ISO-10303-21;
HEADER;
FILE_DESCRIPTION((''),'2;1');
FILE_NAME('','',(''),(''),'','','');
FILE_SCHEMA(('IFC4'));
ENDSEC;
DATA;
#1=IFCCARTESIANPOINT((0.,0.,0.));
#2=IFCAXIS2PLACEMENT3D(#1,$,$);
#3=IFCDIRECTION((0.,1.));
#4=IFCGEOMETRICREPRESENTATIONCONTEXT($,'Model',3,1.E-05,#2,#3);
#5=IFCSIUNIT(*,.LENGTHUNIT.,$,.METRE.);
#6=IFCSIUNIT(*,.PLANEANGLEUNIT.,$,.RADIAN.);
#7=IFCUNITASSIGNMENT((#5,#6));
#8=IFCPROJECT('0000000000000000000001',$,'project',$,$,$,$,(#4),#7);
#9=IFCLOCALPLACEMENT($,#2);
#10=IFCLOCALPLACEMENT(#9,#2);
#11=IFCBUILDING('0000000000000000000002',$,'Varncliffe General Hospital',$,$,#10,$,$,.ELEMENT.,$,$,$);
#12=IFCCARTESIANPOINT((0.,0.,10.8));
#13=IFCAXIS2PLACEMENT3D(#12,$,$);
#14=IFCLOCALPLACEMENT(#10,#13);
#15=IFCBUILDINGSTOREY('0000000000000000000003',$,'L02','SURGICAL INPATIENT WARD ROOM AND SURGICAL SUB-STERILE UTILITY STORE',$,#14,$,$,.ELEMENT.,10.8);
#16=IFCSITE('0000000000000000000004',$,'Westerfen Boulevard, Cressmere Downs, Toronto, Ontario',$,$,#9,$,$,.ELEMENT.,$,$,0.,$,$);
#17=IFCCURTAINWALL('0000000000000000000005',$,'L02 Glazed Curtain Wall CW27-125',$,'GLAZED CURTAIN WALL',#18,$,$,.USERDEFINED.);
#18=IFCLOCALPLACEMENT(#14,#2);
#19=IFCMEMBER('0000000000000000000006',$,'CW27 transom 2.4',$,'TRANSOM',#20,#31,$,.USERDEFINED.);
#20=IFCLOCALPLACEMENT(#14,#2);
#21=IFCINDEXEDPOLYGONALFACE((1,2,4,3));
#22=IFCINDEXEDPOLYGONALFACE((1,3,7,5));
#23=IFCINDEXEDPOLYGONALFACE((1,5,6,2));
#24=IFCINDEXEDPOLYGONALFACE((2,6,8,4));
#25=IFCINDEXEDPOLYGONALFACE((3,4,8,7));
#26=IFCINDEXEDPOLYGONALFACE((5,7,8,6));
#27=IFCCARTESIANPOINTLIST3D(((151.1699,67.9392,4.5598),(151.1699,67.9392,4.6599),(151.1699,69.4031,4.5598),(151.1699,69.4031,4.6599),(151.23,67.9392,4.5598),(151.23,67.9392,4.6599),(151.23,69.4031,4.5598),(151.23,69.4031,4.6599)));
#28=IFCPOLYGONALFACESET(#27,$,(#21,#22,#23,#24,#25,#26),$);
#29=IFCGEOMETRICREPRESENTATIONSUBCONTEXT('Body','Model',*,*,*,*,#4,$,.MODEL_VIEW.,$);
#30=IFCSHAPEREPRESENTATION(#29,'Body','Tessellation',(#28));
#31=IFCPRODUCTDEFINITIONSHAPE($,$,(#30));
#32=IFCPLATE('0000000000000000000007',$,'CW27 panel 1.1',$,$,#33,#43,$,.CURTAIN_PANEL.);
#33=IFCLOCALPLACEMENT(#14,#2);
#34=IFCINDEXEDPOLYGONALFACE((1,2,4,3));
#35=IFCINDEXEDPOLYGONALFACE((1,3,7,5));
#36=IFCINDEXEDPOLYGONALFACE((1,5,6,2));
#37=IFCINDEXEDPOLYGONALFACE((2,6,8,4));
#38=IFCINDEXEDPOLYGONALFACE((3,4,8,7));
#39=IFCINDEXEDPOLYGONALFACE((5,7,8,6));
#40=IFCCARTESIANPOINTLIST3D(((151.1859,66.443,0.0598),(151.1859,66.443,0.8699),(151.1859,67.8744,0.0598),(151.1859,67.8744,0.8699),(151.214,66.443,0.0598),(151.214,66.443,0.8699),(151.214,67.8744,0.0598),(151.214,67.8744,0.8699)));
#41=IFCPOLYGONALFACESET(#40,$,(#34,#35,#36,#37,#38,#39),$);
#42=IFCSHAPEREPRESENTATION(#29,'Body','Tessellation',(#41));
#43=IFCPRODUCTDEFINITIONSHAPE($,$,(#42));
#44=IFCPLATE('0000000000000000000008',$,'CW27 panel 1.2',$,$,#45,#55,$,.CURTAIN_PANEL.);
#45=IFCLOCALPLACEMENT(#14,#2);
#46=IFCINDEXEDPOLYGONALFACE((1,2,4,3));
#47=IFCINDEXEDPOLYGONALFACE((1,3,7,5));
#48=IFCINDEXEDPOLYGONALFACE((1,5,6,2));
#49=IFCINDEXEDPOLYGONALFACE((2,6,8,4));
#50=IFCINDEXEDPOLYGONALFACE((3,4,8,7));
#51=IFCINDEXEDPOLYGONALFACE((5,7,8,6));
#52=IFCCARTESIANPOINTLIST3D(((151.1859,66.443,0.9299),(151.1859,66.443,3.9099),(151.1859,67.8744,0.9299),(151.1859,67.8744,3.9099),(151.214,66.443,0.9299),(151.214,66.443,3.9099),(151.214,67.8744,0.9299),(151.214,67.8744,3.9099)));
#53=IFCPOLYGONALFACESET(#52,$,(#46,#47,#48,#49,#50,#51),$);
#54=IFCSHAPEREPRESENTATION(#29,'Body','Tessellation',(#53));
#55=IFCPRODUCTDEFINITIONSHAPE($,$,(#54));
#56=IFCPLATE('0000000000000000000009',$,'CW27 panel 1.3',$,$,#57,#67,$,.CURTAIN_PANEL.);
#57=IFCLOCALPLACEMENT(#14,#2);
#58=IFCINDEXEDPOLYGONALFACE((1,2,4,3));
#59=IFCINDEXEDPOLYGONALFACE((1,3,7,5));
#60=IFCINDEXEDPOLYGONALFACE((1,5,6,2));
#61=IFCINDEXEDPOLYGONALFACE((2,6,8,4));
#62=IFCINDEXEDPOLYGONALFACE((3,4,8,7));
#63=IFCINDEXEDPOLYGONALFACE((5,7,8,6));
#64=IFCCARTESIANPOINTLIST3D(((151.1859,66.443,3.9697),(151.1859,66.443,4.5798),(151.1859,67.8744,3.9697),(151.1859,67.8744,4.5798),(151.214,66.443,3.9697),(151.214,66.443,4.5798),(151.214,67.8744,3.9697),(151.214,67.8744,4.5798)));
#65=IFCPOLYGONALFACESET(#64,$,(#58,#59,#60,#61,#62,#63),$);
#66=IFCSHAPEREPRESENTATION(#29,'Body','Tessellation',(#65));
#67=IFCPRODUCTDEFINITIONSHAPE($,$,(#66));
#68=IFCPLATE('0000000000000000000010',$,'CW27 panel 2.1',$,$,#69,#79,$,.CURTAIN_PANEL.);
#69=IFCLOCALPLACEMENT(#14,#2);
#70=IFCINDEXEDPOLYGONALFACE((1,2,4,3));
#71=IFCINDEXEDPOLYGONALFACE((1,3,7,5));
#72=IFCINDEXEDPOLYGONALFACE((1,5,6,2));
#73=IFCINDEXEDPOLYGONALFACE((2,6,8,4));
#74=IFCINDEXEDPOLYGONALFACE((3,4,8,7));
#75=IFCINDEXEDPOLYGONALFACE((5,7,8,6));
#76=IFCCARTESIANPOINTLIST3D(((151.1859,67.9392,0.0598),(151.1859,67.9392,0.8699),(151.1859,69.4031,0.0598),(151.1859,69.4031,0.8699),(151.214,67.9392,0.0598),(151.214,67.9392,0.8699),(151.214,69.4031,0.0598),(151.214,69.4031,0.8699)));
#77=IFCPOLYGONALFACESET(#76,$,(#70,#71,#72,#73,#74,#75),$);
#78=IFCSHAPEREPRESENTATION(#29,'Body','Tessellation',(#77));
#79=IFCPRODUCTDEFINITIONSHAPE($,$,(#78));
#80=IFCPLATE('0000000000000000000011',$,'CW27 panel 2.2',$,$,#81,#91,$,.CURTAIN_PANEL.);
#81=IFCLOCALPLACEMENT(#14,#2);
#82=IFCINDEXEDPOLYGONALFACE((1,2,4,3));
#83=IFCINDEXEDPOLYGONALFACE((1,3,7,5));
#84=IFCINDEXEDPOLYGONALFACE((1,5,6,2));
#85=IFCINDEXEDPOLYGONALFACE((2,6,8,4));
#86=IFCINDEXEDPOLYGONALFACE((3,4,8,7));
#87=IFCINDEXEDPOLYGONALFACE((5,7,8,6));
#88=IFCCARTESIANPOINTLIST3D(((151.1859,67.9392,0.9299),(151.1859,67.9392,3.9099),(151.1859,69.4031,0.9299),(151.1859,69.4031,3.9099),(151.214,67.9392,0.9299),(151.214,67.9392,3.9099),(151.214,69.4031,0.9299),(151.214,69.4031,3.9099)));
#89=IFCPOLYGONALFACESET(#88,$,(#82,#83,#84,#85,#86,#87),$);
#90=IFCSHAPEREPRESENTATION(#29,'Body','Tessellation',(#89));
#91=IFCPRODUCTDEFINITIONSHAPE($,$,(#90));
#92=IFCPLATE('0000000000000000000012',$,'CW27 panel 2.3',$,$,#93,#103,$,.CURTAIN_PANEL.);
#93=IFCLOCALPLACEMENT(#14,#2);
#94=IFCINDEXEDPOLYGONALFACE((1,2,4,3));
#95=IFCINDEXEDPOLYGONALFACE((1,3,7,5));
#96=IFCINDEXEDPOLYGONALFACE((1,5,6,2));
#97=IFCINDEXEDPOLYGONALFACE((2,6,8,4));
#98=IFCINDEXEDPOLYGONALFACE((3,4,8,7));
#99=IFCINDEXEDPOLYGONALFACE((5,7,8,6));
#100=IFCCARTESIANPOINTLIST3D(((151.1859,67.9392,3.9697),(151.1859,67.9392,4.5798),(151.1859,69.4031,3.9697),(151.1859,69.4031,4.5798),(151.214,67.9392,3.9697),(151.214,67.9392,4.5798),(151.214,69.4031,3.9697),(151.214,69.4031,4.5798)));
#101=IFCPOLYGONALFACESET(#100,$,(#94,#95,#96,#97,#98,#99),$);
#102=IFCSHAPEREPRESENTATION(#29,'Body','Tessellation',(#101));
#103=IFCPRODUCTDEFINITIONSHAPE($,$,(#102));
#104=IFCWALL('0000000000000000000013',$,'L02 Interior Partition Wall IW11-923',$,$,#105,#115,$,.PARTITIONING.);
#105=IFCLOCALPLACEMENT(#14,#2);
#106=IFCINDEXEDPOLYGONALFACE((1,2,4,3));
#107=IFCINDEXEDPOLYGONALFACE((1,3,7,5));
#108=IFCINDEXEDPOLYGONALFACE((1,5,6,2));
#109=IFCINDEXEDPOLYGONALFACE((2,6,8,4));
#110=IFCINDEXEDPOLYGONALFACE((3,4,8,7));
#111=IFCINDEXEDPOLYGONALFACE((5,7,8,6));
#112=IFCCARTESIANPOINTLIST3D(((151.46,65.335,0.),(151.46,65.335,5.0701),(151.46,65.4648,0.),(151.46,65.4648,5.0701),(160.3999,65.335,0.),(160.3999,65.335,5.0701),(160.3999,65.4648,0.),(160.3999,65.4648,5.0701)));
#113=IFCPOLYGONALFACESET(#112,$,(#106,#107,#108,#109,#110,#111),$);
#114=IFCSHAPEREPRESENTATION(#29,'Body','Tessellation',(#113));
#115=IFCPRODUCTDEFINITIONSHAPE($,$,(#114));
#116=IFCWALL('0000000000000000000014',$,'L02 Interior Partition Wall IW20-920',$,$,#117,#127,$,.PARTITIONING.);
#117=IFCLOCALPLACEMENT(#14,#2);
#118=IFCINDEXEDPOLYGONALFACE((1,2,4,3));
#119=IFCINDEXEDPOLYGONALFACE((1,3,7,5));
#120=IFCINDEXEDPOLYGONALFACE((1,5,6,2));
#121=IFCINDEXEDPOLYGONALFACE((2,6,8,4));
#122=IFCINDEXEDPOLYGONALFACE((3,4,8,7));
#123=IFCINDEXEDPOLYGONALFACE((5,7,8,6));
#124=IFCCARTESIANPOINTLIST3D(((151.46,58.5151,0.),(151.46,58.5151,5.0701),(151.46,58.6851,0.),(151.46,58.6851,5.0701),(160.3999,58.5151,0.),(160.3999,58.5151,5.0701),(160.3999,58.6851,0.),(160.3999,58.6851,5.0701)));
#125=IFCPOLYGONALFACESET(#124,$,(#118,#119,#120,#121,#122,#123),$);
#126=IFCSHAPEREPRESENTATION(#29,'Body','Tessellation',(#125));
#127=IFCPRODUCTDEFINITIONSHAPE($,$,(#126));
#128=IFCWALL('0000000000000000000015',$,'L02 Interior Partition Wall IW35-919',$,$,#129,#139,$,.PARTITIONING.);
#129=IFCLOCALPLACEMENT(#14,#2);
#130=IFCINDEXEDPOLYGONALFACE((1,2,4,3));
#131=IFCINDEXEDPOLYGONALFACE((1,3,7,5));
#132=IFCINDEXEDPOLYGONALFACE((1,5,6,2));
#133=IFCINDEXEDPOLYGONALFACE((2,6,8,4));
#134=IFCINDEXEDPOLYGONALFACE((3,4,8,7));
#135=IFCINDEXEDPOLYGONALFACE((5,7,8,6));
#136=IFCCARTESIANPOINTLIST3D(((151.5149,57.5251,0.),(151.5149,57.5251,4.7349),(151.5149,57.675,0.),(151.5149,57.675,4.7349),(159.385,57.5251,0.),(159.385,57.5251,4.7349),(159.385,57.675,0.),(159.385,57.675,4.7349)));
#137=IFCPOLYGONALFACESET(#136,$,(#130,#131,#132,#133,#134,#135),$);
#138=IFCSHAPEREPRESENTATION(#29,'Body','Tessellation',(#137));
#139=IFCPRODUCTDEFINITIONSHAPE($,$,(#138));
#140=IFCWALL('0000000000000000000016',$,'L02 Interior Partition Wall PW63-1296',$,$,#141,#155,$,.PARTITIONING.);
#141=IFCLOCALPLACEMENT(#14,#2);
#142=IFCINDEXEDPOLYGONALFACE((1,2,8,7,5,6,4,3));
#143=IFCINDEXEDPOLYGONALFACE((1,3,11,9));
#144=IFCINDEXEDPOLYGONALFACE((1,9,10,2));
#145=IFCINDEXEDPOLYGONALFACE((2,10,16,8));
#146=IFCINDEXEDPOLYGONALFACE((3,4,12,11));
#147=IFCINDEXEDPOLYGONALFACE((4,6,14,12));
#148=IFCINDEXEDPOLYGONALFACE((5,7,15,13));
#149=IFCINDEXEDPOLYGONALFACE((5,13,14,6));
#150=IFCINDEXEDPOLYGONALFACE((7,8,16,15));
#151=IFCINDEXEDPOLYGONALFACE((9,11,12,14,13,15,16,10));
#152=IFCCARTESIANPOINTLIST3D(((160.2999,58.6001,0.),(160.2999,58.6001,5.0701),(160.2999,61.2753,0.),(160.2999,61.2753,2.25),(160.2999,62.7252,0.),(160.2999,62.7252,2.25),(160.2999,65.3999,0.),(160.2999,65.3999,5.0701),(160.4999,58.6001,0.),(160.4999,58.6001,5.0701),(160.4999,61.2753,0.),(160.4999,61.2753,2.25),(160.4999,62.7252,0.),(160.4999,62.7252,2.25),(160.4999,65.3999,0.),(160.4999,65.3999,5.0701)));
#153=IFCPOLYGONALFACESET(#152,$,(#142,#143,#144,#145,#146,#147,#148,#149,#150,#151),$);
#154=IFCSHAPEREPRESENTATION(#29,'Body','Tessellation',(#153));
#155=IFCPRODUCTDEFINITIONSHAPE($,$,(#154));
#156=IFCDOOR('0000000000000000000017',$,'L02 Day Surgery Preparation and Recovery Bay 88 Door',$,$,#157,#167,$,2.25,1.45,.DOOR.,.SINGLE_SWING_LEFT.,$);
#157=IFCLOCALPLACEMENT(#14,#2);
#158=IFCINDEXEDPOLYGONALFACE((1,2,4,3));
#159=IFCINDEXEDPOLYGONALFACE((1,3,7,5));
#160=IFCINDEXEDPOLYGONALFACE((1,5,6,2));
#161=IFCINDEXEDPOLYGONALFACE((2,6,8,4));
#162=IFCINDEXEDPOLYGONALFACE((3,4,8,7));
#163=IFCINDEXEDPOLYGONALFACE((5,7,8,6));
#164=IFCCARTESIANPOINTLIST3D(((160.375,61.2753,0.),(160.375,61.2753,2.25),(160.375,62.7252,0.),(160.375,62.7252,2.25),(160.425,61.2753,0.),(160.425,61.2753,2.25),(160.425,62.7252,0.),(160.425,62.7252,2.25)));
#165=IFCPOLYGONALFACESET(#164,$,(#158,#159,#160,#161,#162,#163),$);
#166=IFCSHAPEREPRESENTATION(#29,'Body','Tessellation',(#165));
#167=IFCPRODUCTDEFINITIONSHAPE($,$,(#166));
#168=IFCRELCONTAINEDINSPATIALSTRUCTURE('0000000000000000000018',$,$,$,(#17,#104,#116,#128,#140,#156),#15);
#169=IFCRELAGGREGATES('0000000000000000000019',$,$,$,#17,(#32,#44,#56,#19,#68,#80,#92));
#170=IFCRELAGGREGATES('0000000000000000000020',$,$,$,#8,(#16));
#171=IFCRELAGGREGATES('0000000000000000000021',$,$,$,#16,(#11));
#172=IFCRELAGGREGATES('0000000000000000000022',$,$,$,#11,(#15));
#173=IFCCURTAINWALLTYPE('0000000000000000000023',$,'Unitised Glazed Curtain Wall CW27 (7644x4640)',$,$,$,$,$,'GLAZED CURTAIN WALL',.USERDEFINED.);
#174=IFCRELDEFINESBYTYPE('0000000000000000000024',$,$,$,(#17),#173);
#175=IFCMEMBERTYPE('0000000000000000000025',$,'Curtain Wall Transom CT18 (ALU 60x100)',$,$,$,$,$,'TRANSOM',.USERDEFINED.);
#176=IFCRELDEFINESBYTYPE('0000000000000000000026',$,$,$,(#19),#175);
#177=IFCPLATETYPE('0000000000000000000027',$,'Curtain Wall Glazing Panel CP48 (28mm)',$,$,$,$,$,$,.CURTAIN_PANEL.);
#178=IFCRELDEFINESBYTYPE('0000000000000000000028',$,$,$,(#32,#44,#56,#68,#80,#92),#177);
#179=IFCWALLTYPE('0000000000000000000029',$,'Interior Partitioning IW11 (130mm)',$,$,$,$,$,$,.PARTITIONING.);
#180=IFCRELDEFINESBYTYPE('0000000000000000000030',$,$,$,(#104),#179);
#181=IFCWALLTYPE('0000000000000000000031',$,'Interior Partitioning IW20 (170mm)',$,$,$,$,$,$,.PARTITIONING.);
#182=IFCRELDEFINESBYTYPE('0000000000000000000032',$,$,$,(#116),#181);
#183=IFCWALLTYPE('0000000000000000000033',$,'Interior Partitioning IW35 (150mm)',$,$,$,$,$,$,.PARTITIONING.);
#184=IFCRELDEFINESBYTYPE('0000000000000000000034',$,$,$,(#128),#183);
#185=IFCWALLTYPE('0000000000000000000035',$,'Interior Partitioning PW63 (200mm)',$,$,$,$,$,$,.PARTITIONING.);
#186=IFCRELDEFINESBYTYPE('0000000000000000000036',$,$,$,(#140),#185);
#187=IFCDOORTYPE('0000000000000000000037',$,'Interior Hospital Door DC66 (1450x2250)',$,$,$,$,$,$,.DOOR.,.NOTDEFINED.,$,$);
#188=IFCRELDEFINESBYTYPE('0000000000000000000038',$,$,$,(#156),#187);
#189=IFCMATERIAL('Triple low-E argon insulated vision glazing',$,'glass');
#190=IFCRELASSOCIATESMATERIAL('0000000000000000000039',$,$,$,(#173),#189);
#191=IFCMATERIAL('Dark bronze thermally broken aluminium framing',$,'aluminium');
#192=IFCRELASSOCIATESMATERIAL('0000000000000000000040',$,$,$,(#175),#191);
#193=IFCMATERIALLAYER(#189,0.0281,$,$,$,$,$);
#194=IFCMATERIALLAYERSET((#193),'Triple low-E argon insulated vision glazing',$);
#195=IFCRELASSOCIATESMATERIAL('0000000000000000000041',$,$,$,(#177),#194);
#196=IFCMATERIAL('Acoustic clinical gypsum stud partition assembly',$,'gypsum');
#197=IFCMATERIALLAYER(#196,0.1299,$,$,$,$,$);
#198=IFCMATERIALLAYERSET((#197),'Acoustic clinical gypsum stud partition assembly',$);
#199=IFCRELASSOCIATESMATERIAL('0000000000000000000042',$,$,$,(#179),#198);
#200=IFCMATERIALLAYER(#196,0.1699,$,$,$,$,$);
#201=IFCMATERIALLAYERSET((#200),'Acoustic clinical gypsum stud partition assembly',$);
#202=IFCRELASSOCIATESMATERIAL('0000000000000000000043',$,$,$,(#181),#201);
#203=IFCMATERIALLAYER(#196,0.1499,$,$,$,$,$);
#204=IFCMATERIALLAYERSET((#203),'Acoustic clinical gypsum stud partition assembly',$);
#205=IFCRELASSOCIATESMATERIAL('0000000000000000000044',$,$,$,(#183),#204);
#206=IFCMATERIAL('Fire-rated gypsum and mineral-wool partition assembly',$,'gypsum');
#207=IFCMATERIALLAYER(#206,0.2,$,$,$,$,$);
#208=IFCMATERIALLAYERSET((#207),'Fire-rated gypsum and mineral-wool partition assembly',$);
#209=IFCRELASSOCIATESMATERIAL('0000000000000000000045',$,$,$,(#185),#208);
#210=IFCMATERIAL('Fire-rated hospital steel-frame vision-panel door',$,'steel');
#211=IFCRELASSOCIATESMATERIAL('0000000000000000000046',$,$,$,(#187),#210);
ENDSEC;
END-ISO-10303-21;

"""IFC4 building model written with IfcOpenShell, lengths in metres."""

from ifc_helpers import new_model, si_unit, direction, frame, frame_2d, origin, origin_2d, place, context, subcontext, project, spatial, rectangle, extrude, material, layer, layer_set, material_profile, profile_set, type_object, element, fill, aggregate, save


model = new_model("IFC4")

# Units and contexts
model_context = context("Model", 3, precision=1e-05, world=origin(), true_north=direction((0.0, 1.0)))
body_context = subcontext(model_context, "Body", "Model", "MODEL_VIEW")
ifc_project = project(units=[si_unit("LENGTHUNIT", "METRE"), si_unit("PLANEANGLEUNIT", "RADIAN")], contexts=[model_context])

# Site, building, storey
site_placement = place(None, origin())
site = spatial("IfcSite", under=ifc_project, at=site_placement, Name="Westerfen Boulevard, Cressmere Downs, Toronto, Ontario", CompositionType="ELEMENT", RefElevation=0.0)
building_placement = place(site_placement, origin())
building = spatial("IfcBuilding", under=site, at=building_placement, Name="Varncliffe General Hospital", CompositionType="ELEMENT")
storey_placement = place(building_placement, frame((0.0, 0.0, 10.8)))
storey = spatial("IfcBuildingStorey", under=building, at=storey_placement, Name="L02", Description="SURGICAL INPATIENT WARD ROOM AND SURGICAL SUB-STERILE UTILITY STORE", CompositionType="ELEMENT", Elevation=10.8)

# Curtain wall, member, plates
ifc_material_1 = material(Name="Triple low-E argon insulated vision glazing", Category="glass")
curtain_wall_type = type_object("IfcCurtainWallType", Name="Unitised Glazed Curtain Wall CW27 (7644x4640)", ElementType="GLAZED CURTAIN WALL", PredefinedType="USERDEFINED", material=ifc_material_1)
curtain_wall_placement = place(storey_placement, origin())
curtain_wall = element("IfcCurtainWall", 1, at=curtain_wall_placement, inside=storey, type_object=curtain_wall_type, Name="L02 Glazed Curtain Wall CW27-125", ObjectType="GLAZED CURTAIN WALL", PredefinedType="USERDEFINED")
ifc_material_2 = material(Name="Dark bronze thermally broken aluminium framing", Category="aluminium")
ifc_material_profile_1 = material_profile(ifc_material_2, rectangle(XDim=0.0601, YDim=0.1001, at=origin_2d()), Name="ALU 60x100")
ifc_profile_set_1 = profile_set([ifc_material_profile_1], Name="Dark bronze thermally broken aluminium framing")
member_type_1 = type_object("IfcMemberType", Name="Curtain Wall Transom CT18 (ALU 60x100)", ElementType="TRANSOM", PredefinedType="USERDEFINED", material=ifc_profile_set_1)
member_1_placement = place(storey_placement, frame((151.2, 67.9392, 4.6099), z_axis=(0.0, 1.0, 0.0), x_axis=(-1.0, 0.0, 0.0)))
member_1 = element("IfcMember", 2, at=member_1_placement, type_object=member_type_1, Name="CW27 transom 2.4", ObjectType="TRANSOM", PredefinedType="USERDEFINED", context=body_context, shape_type="SweptSolid", body=[
    extrude(rectangle(XDim=0.0601, YDim=0.1001, at=origin_2d()), origin(), (0.0, 0.0, 1.0), 1.4639),
])
ifc_layer_1 = layer(ifc_material_1, 0.0281)
ifc_layer_set_1 = layer_set([ifc_layer_1], Name="Triple low-E argon insulated vision glazing")
plate_type = type_object("IfcPlateType", Name="Curtain Wall Glazing Panel CP48 (28mm)", PredefinedType="CURTAIN_PANEL", material=ifc_layer_set_1)
plate_1_placement = place(storey_placement, frame((151.2, 67.1587, 0.0598), z_axis=(0.0, 0.0, 1.0), x_axis=(0.0, 1.0, 0.0)))
plate_1 = element("IfcPlate", 3, at=plate_1_placement, type_object=plate_type, Name="CW27 panel 1.1", PredefinedType="CURTAIN_PANEL", context=body_context, shape_type="SweptSolid", body=[
    extrude(rectangle(XDim=1.4314, YDim=0.0281, at=origin_2d()), origin(), (0.0, 0.0, 1.0), 0.8101),
])
plate_2_placement = place(storey_placement, frame((151.2, 67.1587, 0.9299), z_axis=(0.0, 0.0, 1.0), x_axis=(0.0, 1.0, 0.0)))
plate_2 = element("IfcPlate", 4, at=plate_2_placement, type_object=plate_type, Name="CW27 panel 1.2", PredefinedType="CURTAIN_PANEL", context=body_context, shape_type="SweptSolid", body=[
    extrude(rectangle(XDim=1.4314, YDim=0.0281, at=origin_2d()), origin(), (0.0, 0.0, 1.0), 2.98),
])
plate_3_placement = place(storey_placement, frame((151.2, 67.1587, 3.9697), z_axis=(0.0, 0.0, 1.0), x_axis=(0.0, 1.0, 0.0)))
plate_3 = element("IfcPlate", 5, at=plate_3_placement, type_object=plate_type, Name="CW27 panel 1.3", PredefinedType="CURTAIN_PANEL", context=body_context, shape_type="SweptSolid", body=[
    extrude(rectangle(XDim=1.4314, YDim=0.0281, at=origin_2d()), origin(), (0.0, 0.0, 1.0), 0.6101),
])
plate_4_placement = place(storey_placement, frame((151.2, 68.6711, 0.0598), z_axis=(0.0, 0.0, 1.0), x_axis=(0.0, 1.0, 0.0)))
plate_4 = element("IfcPlate", 6, at=plate_4_placement, type_object=plate_type, Name="CW27 panel 2.1", PredefinedType="CURTAIN_PANEL", context=body_context, shape_type="SweptSolid", body=[
    extrude(rectangle(XDim=1.4639, YDim=0.0281, at=origin_2d()), origin(), (0.0, 0.0, 1.0), 0.8101),
])
plate_5_placement = place(storey_placement, frame((151.2, 68.6711, 0.9299), z_axis=(0.0, 0.0, 1.0), x_axis=(0.0, 1.0, 0.0)))
plate_5 = element("IfcPlate", 7, at=plate_5_placement, type_object=plate_type, Name="CW27 panel 2.2", PredefinedType="CURTAIN_PANEL", context=body_context, shape_type="SweptSolid", body=[
    extrude(rectangle(XDim=1.4639, YDim=0.0281, at=origin_2d()), origin(), (0.0, 0.0, 1.0), 2.98),
])
plate_6_placement = place(storey_placement, frame((151.2, 68.6711, 3.9697), z_axis=(0.0, 0.0, 1.0), x_axis=(0.0, 1.0, 0.0)))
plate_6 = element("IfcPlate", 8, at=plate_6_placement, type_object=plate_type, Name="CW27 panel 2.3", PredefinedType="CURTAIN_PANEL", context=body_context, shape_type="SweptSolid", body=[
    extrude(rectangle(XDim=1.4639, YDim=0.0281, at=origin_2d()), origin(), (0.0, 0.0, 1.0), 0.6101),
])
aggregate(curtain_wall, [plate_1, plate_2, plate_3, member_1, plate_4, plate_5, plate_6])

# Walls
ifc_material_3 = material(Name="Acoustic clinical gypsum stud partition assembly", Category="gypsum")
ifc_layer_2 = layer(ifc_material_3, 0.1299)
ifc_layer_set_2 = layer_set([ifc_layer_2], Name="Acoustic clinical gypsum stud partition assembly")
wall_type_1 = type_object("IfcWallType", Name="Interior Partitioning IW11 (130mm)", PredefinedType="PARTITIONING", material=ifc_layer_set_2)
wall_1_placement = place(storey_placement, frame((151.46, 65.3999, 0.0), z_axis=(0.0, 0.0, 1.0), x_axis=(1.0, 0.0, 0.0)))
element("IfcWall", 9, at=wall_1_placement, inside=storey, type_object=wall_type_1, Name="L02 Interior Partition Wall IW11-923", PredefinedType="PARTITIONING", context=body_context, shape_type="SweptSolid", body=[
    extrude(rectangle(XDim=8.9399, YDim=0.1299, at=frame_2d((4.47, 0.0))), origin(), (0.0, 0.0, 1.0), 5.0701),
])
ifc_layer_3 = layer(ifc_material_3, 0.1699)
ifc_layer_set_3 = layer_set([ifc_layer_3], Name="Acoustic clinical gypsum stud partition assembly")
wall_type_2 = type_object("IfcWallType", Name="Interior Partitioning IW20 (170mm)", PredefinedType="PARTITIONING", material=ifc_layer_set_3)
wall_2_placement = place(storey_placement, frame((151.46, 58.6001, 0.0), z_axis=(0.0, 0.0, 1.0), x_axis=(1.0, 0.0, 0.0)))
element("IfcWall", 10, at=wall_2_placement, inside=storey, type_object=wall_type_2, Name="L02 Interior Partition Wall IW20-920", PredefinedType="PARTITIONING", context=body_context, shape_type="SweptSolid", body=[
    extrude(rectangle(XDim=8.9399, YDim=0.1699, at=frame_2d((4.47, 0.0))), origin(), (0.0, 0.0, 1.0), 5.0701),
])
ifc_layer_4 = layer(ifc_material_3, 0.1499)
ifc_layer_set_4 = layer_set([ifc_layer_4], Name="Acoustic clinical gypsum stud partition assembly")
wall_type_3 = type_object("IfcWallType", Name="Interior Partitioning IW35 (150mm)", PredefinedType="PARTITIONING", material=ifc_layer_set_4)
wall_3_placement = place(storey_placement, frame((151.5149, 57.6001, 0.0), z_axis=(0.0, 0.0, 1.0), x_axis=(1.0, 0.0, 0.0)))
element("IfcWall", 11, at=wall_3_placement, inside=storey, type_object=wall_type_3, Name="L02 Interior Partition Wall IW35-919", PredefinedType="PARTITIONING", context=body_context, shape_type="SweptSolid", body=[
    extrude(rectangle(XDim=7.8701, YDim=0.1499, at=frame_2d((3.9351, 0.0))), origin(), (0.0, 0.0, 1.0), 4.7349),
])

# Wall, opening, door
ifc_material_4 = material(Name="Fire-rated gypsum and mineral-wool partition assembly", Category="gypsum")
ifc_layer_5 = layer(ifc_material_4, 0.2)
ifc_layer_set_5 = layer_set([ifc_layer_5], Name="Fire-rated gypsum and mineral-wool partition assembly")
wall_type_4 = type_object("IfcWallType", Name="Interior Partitioning PW63 (200mm)", PredefinedType="PARTITIONING", material=ifc_layer_set_5)
wall_4_placement = place(storey_placement, frame((160.3999, 58.6001, 0.0), z_axis=(0.0, 0.0, 1.0), x_axis=(0.0, 1.0, 0.0)))
wall_4 = element("IfcWall", 12, at=wall_4_placement, inside=storey, type_object=wall_type_4, Name="L02 Interior Partition Wall PW63-1296", PredefinedType="PARTITIONING", context=body_context, shape_type="SweptSolid", body=[
    extrude(rectangle(XDim=6.7998, YDim=0.2, at=frame_2d((3.3999, 0.0))), origin(), (0.0, 0.0, 1.0), 5.0701),
])
opening_placement = place(wall_4_placement, frame((2.675, 0.0, 0.0)))
opening = element("IfcOpeningElement", 13, at=opening_placement, cuts=wall_4, PredefinedType="OPENING", context=body_context, shape_type="SweptSolid", body=[
    extrude(rectangle(XDim=1.45, YDim=2.25, at=frame_2d((0.7251, 1.125))), frame((0.0, 0.1099, 0.0), z_axis=(0.0, -1.0, 0.0), x_axis=(1.0, 0.0, 0.0)), (0.0, 0.0, 1.0), 0.22),
])
ifc_material_5 = material(Name="Fire-rated hospital steel-frame vision-panel door", Category="steel")
door_type = type_object("IfcDoorType", Name="Interior Hospital Door DC66 (1450x2250)", OperationType="NOTDEFINED", PredefinedType="DOOR", material=ifc_material_5)
door_placement = place(opening_placement, origin())
door = element("IfcDoor", 14, at=door_placement, inside=storey, type_object=door_type, Name="L02 Day Surgery Preparation and Recovery Bay 88 Door", OperationType="SINGLE_SWING_LEFT", OverallHeight=2.25, OverallWidth=1.45, PredefinedType="DOOR", context=body_context, shape_type="SweptSolid", body=[
    extrude(rectangle(XDim=1.45, YDim=2.25, at=frame_2d((0.7251, 1.125))), frame((0.0, 0.0249, 0.0), z_axis=(0.0, -1.0, 0.0), x_axis=(1.0, 0.0, 0.0)), (0.0, 0.0, 1.0), 0.05),
])
fill(opening, door)

save(model, "model.ifc")
